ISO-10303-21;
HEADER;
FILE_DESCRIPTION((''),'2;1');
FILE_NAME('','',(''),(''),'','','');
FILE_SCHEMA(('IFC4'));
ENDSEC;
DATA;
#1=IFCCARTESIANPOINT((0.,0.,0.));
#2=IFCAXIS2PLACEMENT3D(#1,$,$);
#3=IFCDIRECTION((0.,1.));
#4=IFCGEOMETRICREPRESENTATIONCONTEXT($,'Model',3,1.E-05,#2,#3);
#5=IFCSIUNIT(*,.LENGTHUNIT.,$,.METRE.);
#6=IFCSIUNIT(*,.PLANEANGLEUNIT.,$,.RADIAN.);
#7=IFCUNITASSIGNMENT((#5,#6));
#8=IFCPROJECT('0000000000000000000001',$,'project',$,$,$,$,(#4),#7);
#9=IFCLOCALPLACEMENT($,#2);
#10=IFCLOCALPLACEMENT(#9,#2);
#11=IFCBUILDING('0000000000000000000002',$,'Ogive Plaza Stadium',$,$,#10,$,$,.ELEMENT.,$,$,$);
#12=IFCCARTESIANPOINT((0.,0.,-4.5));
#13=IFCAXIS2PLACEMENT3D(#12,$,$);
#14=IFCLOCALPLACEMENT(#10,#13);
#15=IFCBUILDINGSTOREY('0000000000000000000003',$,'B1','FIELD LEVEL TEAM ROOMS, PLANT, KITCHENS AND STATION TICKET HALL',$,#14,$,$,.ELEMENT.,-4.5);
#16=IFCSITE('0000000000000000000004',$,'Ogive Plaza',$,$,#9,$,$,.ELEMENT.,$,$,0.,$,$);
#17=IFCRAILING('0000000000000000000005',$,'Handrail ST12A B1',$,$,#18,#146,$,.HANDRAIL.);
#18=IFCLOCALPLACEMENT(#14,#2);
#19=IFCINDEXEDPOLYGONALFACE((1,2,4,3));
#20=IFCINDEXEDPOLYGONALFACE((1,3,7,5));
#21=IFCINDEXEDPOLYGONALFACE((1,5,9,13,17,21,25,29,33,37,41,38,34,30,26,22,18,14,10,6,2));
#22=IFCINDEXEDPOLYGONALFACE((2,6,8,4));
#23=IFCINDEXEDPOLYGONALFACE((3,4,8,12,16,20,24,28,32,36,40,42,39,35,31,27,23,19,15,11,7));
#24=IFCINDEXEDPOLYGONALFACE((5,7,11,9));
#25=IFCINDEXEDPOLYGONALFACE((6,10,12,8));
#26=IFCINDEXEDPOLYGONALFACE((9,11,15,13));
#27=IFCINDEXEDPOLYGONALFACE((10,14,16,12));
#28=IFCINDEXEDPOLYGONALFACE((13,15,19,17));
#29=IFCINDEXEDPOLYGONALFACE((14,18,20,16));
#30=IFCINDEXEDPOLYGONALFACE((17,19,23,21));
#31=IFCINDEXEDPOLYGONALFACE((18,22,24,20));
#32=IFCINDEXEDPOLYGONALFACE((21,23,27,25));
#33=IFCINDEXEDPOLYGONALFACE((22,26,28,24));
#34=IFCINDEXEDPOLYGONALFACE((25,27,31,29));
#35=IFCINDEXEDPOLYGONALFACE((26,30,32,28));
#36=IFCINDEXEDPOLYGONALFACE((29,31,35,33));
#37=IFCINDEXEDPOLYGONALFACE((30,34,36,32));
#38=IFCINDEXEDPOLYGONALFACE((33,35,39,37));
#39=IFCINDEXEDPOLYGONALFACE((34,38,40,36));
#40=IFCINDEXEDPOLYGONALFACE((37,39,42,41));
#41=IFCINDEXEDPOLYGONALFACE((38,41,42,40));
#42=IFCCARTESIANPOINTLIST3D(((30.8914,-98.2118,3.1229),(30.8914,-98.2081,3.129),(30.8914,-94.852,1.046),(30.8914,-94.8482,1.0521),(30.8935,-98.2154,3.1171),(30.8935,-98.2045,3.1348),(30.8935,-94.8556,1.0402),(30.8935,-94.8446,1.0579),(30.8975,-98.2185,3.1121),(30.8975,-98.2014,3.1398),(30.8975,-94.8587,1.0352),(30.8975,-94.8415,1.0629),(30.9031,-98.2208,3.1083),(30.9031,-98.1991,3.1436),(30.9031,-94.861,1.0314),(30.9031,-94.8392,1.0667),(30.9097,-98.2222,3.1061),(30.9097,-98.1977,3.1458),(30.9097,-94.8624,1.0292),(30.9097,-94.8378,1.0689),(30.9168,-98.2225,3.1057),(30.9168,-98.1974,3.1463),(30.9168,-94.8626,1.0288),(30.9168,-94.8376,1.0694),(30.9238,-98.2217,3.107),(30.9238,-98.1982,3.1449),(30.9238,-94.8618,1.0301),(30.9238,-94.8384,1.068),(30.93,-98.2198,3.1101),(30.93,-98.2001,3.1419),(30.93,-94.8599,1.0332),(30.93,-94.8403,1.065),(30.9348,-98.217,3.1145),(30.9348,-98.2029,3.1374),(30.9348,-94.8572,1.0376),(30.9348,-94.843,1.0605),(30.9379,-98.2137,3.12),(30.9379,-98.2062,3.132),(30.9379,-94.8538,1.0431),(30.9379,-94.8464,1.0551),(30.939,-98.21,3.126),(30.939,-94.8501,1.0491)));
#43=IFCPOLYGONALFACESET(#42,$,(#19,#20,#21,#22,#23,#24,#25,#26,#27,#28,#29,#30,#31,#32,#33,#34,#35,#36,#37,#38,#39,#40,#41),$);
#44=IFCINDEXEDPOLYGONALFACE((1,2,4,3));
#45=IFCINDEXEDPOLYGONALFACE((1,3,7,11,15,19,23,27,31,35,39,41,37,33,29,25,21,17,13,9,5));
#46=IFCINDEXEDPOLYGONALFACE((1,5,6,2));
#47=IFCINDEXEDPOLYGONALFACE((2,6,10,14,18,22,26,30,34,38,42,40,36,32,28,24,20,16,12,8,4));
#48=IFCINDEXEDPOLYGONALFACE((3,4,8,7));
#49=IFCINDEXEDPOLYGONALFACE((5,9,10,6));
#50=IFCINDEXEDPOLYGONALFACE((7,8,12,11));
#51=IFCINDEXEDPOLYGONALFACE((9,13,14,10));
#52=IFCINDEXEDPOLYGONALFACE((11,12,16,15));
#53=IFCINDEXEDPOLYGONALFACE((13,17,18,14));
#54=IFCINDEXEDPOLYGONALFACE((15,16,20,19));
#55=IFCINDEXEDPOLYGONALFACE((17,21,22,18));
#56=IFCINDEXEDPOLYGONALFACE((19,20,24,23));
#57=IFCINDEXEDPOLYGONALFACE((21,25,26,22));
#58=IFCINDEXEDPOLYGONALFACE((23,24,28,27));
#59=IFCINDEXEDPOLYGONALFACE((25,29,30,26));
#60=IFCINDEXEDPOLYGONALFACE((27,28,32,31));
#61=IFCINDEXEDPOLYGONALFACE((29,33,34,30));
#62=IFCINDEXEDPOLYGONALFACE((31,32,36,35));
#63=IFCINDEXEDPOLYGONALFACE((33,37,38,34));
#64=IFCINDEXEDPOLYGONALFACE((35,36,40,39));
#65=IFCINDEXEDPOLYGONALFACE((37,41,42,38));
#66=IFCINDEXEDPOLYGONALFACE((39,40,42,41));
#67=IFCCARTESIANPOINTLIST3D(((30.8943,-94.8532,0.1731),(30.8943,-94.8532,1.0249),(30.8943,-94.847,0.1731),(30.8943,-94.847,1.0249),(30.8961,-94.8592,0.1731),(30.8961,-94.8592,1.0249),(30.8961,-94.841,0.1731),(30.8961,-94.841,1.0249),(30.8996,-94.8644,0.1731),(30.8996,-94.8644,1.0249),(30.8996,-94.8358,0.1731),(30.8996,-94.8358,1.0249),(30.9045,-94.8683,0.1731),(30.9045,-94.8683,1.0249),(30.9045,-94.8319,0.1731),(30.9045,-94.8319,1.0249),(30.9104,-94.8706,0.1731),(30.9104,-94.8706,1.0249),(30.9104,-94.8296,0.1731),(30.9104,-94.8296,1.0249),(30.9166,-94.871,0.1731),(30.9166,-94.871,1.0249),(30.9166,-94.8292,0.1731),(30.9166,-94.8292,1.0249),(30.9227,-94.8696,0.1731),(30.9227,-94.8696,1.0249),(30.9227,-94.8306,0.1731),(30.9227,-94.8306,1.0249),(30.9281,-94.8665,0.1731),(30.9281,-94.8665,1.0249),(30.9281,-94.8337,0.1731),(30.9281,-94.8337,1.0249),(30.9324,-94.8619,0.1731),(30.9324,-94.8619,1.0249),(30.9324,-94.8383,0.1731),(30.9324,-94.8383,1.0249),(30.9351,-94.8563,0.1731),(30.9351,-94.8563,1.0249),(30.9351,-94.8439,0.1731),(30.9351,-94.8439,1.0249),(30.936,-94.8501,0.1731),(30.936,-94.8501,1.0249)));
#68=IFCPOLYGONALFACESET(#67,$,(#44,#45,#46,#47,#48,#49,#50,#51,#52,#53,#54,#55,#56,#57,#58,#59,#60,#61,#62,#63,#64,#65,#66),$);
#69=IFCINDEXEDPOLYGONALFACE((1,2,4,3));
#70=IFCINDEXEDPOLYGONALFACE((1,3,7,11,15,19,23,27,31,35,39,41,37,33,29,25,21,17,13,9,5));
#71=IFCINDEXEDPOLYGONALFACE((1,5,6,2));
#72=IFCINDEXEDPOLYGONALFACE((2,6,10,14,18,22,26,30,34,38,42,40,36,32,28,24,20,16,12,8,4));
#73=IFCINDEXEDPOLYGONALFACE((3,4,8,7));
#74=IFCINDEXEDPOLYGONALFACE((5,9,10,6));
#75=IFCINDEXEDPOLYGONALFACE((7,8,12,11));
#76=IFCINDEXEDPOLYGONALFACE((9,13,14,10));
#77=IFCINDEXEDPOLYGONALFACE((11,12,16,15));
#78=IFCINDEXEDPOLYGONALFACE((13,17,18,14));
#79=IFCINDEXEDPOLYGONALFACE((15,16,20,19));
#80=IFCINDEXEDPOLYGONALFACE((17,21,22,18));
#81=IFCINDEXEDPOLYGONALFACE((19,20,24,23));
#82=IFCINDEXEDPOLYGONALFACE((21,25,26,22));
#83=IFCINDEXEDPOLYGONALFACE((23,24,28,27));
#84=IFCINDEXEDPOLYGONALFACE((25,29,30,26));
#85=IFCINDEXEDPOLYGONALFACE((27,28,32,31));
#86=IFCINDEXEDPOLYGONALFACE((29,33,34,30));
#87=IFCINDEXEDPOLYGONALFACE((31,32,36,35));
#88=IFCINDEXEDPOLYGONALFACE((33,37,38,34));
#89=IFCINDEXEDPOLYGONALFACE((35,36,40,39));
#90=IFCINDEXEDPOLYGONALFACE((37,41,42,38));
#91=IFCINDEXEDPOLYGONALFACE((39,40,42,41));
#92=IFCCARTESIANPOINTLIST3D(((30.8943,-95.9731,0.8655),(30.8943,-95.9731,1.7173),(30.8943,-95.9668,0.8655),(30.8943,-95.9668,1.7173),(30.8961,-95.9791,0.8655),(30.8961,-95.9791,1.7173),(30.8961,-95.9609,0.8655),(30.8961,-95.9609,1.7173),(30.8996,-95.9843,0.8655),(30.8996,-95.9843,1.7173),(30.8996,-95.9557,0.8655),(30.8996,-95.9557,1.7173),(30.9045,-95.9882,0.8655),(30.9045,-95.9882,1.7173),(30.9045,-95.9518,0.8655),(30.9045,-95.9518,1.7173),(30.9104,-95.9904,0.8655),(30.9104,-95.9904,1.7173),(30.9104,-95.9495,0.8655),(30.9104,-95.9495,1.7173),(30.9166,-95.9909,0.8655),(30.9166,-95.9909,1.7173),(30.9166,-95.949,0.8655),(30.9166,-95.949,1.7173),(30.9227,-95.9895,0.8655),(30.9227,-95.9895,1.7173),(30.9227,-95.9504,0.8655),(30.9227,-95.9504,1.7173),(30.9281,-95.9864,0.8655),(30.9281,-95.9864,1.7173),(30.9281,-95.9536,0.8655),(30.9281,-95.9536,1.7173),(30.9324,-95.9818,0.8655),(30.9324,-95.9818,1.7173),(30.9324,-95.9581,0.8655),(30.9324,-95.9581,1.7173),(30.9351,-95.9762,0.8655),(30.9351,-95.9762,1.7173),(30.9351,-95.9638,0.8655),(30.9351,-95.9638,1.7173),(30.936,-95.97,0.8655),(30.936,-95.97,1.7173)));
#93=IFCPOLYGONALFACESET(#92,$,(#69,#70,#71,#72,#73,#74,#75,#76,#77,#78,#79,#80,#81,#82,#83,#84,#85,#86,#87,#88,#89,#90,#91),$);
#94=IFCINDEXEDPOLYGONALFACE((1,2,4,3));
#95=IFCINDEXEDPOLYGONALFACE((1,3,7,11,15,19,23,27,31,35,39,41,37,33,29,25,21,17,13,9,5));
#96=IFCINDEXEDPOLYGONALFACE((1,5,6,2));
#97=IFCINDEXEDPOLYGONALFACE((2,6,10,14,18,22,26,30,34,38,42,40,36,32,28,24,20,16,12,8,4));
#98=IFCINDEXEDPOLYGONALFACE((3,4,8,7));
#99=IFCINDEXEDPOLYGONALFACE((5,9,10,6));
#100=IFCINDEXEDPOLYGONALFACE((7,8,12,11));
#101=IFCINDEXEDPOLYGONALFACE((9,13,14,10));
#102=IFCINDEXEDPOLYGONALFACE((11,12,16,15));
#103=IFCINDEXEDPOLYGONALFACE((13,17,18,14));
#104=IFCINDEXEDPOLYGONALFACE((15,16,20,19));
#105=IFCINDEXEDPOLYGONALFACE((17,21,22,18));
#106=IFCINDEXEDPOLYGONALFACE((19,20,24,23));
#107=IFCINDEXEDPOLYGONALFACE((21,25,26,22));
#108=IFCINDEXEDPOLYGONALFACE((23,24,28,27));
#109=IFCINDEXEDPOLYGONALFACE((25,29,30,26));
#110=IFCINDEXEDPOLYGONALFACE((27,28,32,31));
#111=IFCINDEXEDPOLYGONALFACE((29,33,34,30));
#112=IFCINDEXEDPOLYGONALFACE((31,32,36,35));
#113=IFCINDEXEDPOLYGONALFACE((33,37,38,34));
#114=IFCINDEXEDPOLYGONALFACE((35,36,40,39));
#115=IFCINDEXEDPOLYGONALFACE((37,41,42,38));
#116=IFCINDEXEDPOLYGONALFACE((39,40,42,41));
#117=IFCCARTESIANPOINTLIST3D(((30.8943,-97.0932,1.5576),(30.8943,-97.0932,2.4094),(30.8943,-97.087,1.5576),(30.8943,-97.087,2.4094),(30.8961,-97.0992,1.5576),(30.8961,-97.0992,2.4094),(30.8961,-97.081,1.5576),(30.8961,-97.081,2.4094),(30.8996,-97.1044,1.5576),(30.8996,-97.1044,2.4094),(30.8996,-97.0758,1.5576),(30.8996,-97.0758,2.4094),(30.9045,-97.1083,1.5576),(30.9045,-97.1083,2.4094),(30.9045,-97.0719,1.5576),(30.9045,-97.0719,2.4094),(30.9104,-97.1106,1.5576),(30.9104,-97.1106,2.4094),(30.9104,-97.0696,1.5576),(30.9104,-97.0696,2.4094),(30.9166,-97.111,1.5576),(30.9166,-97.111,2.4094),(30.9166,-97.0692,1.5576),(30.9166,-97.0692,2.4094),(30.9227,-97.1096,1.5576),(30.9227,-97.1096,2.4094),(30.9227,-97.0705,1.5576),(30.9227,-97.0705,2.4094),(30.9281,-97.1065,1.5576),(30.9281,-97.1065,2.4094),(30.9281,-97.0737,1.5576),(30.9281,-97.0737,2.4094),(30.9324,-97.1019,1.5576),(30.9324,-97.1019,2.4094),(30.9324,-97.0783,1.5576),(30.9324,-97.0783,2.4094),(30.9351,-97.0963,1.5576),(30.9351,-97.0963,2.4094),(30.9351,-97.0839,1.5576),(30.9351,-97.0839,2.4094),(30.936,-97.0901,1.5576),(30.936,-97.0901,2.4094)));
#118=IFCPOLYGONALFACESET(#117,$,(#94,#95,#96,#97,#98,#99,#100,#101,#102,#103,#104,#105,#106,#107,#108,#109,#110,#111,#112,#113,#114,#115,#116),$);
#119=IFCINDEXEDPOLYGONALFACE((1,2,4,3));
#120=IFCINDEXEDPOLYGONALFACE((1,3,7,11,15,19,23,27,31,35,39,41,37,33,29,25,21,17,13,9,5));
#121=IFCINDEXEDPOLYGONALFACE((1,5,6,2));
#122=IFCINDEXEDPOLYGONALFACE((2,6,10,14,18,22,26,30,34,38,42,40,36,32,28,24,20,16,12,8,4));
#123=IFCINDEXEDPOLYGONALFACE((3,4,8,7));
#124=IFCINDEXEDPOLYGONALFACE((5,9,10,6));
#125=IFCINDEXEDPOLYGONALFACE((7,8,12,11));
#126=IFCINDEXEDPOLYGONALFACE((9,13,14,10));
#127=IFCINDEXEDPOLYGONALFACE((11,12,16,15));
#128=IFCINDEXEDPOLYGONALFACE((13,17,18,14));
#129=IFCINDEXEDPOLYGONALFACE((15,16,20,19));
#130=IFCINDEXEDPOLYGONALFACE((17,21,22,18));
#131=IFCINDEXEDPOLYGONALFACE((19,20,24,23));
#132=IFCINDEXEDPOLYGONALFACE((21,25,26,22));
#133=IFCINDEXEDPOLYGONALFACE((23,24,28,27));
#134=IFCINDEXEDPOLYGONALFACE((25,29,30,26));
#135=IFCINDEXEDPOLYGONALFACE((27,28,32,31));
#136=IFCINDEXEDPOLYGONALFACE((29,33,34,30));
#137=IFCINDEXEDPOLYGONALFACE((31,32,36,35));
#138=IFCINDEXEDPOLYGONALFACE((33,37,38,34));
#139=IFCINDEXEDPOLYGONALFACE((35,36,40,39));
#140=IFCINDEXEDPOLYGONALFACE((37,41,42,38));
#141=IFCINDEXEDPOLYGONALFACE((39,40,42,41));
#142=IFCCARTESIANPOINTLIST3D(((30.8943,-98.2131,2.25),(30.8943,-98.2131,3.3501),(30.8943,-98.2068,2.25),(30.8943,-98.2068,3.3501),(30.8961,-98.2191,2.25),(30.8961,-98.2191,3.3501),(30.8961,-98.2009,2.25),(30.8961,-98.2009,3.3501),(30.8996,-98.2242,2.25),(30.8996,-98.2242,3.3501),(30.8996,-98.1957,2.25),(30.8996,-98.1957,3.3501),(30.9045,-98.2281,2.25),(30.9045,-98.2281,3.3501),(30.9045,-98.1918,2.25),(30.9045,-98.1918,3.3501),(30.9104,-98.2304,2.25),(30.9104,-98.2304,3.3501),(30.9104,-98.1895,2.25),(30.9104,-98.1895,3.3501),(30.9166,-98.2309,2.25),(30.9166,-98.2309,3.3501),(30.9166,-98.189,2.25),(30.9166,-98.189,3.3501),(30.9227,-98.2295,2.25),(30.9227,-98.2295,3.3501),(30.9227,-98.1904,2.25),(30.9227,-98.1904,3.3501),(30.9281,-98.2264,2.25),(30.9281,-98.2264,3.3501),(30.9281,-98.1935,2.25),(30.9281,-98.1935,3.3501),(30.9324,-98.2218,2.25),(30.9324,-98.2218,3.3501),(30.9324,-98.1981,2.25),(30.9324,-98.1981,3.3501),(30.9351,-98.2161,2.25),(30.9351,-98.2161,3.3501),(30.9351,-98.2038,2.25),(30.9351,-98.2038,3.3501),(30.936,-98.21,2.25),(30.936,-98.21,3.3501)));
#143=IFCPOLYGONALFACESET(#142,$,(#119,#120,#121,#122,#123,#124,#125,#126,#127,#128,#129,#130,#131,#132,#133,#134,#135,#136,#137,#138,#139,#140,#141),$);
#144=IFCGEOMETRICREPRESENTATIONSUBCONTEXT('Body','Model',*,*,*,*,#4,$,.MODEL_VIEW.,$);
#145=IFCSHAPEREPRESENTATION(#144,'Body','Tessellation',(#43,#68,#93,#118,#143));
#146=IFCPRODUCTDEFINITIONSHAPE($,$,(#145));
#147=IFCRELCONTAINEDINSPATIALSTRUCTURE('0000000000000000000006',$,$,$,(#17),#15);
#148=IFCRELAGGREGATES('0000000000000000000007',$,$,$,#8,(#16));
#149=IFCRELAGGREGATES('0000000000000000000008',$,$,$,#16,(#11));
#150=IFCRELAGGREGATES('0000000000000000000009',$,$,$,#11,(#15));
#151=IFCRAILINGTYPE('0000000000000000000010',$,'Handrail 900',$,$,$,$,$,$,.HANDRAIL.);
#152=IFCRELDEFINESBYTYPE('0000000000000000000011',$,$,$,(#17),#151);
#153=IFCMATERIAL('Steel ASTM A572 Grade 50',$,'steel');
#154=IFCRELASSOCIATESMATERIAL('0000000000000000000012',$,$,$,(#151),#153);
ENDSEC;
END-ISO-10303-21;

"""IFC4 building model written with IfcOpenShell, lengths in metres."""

from ifc_helpers import new_model, si_unit, direction, frame, origin, origin_2d, place, context, subcontext, project, spatial, circle, extrude, material, type_object, element, save


model = new_model("IFC4")

# Units and contexts
model_context = context("Model", 3, precision=1e-05, world=origin(), true_north=direction((0.0, 1.0)))
body_context = subcontext(model_context, "Body", "Model", "MODEL_VIEW")
ifc_project = project(units=[si_unit("LENGTHUNIT", "METRE"), si_unit("PLANEANGLEUNIT", "RADIAN")], contexts=[model_context])

# Site, building, storey
site_placement = place(None, origin())
site = spatial("IfcSite", under=ifc_project, at=site_placement, Name="Ogive Plaza", CompositionType="ELEMENT", RefElevation=0.0)
building_placement = place(site_placement, origin())
building = spatial("IfcBuilding", under=site, at=building_placement, Name="Ogive Plaza Stadium", CompositionType="ELEMENT")
storey_placement = place(building_placement, frame((0.0, 0.0, -4.5)))
storey = spatial("IfcBuildingStorey", under=building, at=storey_placement, Name="B1", Description="FIELD LEVEL TEAM ROOMS, PLANT, KITCHENS AND STATION TICKET HALL", CompositionType="ELEMENT", Elevation=-4.5)

# Railing
ifc_material_1 = material(Name="Steel ASTM A572 Grade 50", Category="steel")
railing_type_1 = type_object("IfcRailingType", Name="Handrail 900", PredefinedType="HANDRAIL", material=ifc_material_1)
for number, where, name in (
    (1, (30.915, -94.8501, 0.1731), "Handrail ST12A B1"),
):
    element("IfcRailing", number, at=place(storey_placement, frame(where)), inside=storey, type_object=railing_type_1, Name=name, PredefinedType="HANDRAIL", context=body_context, shape_type="SweptSolid", body=[
        extrude(circle(Radius=0.0239, at=origin_2d()), frame((0.0, 0.0, 0.876), z_axis=(0.0, -0.850606, 0.525803), x_axis=(1.0, 0.0, 0.0)), (0.0, 0.0, 1.0), 3.95),
        extrude(circle(Radius=0.021, at=origin_2d()), origin(), (0.0, 0.0, 1.0), 0.8518),
        extrude(circle(Radius=0.021, at=origin_2d()), frame((0.0, -1.1199, 0.6924)), (0.0, 0.0, 1.0), 0.8518),
        extrude(circle(Radius=0.021, at=origin_2d()), frame((0.0, -2.24, 1.3845)), (0.0, 0.0, 1.0), 0.8518),
        extrude(circle(Radius=0.021, at=origin_2d()), frame((0.0, -3.3599, 2.0769)), (0.0, 0.0, 1.0), 1.1001),
    ])

save(model, "model.ifc")
